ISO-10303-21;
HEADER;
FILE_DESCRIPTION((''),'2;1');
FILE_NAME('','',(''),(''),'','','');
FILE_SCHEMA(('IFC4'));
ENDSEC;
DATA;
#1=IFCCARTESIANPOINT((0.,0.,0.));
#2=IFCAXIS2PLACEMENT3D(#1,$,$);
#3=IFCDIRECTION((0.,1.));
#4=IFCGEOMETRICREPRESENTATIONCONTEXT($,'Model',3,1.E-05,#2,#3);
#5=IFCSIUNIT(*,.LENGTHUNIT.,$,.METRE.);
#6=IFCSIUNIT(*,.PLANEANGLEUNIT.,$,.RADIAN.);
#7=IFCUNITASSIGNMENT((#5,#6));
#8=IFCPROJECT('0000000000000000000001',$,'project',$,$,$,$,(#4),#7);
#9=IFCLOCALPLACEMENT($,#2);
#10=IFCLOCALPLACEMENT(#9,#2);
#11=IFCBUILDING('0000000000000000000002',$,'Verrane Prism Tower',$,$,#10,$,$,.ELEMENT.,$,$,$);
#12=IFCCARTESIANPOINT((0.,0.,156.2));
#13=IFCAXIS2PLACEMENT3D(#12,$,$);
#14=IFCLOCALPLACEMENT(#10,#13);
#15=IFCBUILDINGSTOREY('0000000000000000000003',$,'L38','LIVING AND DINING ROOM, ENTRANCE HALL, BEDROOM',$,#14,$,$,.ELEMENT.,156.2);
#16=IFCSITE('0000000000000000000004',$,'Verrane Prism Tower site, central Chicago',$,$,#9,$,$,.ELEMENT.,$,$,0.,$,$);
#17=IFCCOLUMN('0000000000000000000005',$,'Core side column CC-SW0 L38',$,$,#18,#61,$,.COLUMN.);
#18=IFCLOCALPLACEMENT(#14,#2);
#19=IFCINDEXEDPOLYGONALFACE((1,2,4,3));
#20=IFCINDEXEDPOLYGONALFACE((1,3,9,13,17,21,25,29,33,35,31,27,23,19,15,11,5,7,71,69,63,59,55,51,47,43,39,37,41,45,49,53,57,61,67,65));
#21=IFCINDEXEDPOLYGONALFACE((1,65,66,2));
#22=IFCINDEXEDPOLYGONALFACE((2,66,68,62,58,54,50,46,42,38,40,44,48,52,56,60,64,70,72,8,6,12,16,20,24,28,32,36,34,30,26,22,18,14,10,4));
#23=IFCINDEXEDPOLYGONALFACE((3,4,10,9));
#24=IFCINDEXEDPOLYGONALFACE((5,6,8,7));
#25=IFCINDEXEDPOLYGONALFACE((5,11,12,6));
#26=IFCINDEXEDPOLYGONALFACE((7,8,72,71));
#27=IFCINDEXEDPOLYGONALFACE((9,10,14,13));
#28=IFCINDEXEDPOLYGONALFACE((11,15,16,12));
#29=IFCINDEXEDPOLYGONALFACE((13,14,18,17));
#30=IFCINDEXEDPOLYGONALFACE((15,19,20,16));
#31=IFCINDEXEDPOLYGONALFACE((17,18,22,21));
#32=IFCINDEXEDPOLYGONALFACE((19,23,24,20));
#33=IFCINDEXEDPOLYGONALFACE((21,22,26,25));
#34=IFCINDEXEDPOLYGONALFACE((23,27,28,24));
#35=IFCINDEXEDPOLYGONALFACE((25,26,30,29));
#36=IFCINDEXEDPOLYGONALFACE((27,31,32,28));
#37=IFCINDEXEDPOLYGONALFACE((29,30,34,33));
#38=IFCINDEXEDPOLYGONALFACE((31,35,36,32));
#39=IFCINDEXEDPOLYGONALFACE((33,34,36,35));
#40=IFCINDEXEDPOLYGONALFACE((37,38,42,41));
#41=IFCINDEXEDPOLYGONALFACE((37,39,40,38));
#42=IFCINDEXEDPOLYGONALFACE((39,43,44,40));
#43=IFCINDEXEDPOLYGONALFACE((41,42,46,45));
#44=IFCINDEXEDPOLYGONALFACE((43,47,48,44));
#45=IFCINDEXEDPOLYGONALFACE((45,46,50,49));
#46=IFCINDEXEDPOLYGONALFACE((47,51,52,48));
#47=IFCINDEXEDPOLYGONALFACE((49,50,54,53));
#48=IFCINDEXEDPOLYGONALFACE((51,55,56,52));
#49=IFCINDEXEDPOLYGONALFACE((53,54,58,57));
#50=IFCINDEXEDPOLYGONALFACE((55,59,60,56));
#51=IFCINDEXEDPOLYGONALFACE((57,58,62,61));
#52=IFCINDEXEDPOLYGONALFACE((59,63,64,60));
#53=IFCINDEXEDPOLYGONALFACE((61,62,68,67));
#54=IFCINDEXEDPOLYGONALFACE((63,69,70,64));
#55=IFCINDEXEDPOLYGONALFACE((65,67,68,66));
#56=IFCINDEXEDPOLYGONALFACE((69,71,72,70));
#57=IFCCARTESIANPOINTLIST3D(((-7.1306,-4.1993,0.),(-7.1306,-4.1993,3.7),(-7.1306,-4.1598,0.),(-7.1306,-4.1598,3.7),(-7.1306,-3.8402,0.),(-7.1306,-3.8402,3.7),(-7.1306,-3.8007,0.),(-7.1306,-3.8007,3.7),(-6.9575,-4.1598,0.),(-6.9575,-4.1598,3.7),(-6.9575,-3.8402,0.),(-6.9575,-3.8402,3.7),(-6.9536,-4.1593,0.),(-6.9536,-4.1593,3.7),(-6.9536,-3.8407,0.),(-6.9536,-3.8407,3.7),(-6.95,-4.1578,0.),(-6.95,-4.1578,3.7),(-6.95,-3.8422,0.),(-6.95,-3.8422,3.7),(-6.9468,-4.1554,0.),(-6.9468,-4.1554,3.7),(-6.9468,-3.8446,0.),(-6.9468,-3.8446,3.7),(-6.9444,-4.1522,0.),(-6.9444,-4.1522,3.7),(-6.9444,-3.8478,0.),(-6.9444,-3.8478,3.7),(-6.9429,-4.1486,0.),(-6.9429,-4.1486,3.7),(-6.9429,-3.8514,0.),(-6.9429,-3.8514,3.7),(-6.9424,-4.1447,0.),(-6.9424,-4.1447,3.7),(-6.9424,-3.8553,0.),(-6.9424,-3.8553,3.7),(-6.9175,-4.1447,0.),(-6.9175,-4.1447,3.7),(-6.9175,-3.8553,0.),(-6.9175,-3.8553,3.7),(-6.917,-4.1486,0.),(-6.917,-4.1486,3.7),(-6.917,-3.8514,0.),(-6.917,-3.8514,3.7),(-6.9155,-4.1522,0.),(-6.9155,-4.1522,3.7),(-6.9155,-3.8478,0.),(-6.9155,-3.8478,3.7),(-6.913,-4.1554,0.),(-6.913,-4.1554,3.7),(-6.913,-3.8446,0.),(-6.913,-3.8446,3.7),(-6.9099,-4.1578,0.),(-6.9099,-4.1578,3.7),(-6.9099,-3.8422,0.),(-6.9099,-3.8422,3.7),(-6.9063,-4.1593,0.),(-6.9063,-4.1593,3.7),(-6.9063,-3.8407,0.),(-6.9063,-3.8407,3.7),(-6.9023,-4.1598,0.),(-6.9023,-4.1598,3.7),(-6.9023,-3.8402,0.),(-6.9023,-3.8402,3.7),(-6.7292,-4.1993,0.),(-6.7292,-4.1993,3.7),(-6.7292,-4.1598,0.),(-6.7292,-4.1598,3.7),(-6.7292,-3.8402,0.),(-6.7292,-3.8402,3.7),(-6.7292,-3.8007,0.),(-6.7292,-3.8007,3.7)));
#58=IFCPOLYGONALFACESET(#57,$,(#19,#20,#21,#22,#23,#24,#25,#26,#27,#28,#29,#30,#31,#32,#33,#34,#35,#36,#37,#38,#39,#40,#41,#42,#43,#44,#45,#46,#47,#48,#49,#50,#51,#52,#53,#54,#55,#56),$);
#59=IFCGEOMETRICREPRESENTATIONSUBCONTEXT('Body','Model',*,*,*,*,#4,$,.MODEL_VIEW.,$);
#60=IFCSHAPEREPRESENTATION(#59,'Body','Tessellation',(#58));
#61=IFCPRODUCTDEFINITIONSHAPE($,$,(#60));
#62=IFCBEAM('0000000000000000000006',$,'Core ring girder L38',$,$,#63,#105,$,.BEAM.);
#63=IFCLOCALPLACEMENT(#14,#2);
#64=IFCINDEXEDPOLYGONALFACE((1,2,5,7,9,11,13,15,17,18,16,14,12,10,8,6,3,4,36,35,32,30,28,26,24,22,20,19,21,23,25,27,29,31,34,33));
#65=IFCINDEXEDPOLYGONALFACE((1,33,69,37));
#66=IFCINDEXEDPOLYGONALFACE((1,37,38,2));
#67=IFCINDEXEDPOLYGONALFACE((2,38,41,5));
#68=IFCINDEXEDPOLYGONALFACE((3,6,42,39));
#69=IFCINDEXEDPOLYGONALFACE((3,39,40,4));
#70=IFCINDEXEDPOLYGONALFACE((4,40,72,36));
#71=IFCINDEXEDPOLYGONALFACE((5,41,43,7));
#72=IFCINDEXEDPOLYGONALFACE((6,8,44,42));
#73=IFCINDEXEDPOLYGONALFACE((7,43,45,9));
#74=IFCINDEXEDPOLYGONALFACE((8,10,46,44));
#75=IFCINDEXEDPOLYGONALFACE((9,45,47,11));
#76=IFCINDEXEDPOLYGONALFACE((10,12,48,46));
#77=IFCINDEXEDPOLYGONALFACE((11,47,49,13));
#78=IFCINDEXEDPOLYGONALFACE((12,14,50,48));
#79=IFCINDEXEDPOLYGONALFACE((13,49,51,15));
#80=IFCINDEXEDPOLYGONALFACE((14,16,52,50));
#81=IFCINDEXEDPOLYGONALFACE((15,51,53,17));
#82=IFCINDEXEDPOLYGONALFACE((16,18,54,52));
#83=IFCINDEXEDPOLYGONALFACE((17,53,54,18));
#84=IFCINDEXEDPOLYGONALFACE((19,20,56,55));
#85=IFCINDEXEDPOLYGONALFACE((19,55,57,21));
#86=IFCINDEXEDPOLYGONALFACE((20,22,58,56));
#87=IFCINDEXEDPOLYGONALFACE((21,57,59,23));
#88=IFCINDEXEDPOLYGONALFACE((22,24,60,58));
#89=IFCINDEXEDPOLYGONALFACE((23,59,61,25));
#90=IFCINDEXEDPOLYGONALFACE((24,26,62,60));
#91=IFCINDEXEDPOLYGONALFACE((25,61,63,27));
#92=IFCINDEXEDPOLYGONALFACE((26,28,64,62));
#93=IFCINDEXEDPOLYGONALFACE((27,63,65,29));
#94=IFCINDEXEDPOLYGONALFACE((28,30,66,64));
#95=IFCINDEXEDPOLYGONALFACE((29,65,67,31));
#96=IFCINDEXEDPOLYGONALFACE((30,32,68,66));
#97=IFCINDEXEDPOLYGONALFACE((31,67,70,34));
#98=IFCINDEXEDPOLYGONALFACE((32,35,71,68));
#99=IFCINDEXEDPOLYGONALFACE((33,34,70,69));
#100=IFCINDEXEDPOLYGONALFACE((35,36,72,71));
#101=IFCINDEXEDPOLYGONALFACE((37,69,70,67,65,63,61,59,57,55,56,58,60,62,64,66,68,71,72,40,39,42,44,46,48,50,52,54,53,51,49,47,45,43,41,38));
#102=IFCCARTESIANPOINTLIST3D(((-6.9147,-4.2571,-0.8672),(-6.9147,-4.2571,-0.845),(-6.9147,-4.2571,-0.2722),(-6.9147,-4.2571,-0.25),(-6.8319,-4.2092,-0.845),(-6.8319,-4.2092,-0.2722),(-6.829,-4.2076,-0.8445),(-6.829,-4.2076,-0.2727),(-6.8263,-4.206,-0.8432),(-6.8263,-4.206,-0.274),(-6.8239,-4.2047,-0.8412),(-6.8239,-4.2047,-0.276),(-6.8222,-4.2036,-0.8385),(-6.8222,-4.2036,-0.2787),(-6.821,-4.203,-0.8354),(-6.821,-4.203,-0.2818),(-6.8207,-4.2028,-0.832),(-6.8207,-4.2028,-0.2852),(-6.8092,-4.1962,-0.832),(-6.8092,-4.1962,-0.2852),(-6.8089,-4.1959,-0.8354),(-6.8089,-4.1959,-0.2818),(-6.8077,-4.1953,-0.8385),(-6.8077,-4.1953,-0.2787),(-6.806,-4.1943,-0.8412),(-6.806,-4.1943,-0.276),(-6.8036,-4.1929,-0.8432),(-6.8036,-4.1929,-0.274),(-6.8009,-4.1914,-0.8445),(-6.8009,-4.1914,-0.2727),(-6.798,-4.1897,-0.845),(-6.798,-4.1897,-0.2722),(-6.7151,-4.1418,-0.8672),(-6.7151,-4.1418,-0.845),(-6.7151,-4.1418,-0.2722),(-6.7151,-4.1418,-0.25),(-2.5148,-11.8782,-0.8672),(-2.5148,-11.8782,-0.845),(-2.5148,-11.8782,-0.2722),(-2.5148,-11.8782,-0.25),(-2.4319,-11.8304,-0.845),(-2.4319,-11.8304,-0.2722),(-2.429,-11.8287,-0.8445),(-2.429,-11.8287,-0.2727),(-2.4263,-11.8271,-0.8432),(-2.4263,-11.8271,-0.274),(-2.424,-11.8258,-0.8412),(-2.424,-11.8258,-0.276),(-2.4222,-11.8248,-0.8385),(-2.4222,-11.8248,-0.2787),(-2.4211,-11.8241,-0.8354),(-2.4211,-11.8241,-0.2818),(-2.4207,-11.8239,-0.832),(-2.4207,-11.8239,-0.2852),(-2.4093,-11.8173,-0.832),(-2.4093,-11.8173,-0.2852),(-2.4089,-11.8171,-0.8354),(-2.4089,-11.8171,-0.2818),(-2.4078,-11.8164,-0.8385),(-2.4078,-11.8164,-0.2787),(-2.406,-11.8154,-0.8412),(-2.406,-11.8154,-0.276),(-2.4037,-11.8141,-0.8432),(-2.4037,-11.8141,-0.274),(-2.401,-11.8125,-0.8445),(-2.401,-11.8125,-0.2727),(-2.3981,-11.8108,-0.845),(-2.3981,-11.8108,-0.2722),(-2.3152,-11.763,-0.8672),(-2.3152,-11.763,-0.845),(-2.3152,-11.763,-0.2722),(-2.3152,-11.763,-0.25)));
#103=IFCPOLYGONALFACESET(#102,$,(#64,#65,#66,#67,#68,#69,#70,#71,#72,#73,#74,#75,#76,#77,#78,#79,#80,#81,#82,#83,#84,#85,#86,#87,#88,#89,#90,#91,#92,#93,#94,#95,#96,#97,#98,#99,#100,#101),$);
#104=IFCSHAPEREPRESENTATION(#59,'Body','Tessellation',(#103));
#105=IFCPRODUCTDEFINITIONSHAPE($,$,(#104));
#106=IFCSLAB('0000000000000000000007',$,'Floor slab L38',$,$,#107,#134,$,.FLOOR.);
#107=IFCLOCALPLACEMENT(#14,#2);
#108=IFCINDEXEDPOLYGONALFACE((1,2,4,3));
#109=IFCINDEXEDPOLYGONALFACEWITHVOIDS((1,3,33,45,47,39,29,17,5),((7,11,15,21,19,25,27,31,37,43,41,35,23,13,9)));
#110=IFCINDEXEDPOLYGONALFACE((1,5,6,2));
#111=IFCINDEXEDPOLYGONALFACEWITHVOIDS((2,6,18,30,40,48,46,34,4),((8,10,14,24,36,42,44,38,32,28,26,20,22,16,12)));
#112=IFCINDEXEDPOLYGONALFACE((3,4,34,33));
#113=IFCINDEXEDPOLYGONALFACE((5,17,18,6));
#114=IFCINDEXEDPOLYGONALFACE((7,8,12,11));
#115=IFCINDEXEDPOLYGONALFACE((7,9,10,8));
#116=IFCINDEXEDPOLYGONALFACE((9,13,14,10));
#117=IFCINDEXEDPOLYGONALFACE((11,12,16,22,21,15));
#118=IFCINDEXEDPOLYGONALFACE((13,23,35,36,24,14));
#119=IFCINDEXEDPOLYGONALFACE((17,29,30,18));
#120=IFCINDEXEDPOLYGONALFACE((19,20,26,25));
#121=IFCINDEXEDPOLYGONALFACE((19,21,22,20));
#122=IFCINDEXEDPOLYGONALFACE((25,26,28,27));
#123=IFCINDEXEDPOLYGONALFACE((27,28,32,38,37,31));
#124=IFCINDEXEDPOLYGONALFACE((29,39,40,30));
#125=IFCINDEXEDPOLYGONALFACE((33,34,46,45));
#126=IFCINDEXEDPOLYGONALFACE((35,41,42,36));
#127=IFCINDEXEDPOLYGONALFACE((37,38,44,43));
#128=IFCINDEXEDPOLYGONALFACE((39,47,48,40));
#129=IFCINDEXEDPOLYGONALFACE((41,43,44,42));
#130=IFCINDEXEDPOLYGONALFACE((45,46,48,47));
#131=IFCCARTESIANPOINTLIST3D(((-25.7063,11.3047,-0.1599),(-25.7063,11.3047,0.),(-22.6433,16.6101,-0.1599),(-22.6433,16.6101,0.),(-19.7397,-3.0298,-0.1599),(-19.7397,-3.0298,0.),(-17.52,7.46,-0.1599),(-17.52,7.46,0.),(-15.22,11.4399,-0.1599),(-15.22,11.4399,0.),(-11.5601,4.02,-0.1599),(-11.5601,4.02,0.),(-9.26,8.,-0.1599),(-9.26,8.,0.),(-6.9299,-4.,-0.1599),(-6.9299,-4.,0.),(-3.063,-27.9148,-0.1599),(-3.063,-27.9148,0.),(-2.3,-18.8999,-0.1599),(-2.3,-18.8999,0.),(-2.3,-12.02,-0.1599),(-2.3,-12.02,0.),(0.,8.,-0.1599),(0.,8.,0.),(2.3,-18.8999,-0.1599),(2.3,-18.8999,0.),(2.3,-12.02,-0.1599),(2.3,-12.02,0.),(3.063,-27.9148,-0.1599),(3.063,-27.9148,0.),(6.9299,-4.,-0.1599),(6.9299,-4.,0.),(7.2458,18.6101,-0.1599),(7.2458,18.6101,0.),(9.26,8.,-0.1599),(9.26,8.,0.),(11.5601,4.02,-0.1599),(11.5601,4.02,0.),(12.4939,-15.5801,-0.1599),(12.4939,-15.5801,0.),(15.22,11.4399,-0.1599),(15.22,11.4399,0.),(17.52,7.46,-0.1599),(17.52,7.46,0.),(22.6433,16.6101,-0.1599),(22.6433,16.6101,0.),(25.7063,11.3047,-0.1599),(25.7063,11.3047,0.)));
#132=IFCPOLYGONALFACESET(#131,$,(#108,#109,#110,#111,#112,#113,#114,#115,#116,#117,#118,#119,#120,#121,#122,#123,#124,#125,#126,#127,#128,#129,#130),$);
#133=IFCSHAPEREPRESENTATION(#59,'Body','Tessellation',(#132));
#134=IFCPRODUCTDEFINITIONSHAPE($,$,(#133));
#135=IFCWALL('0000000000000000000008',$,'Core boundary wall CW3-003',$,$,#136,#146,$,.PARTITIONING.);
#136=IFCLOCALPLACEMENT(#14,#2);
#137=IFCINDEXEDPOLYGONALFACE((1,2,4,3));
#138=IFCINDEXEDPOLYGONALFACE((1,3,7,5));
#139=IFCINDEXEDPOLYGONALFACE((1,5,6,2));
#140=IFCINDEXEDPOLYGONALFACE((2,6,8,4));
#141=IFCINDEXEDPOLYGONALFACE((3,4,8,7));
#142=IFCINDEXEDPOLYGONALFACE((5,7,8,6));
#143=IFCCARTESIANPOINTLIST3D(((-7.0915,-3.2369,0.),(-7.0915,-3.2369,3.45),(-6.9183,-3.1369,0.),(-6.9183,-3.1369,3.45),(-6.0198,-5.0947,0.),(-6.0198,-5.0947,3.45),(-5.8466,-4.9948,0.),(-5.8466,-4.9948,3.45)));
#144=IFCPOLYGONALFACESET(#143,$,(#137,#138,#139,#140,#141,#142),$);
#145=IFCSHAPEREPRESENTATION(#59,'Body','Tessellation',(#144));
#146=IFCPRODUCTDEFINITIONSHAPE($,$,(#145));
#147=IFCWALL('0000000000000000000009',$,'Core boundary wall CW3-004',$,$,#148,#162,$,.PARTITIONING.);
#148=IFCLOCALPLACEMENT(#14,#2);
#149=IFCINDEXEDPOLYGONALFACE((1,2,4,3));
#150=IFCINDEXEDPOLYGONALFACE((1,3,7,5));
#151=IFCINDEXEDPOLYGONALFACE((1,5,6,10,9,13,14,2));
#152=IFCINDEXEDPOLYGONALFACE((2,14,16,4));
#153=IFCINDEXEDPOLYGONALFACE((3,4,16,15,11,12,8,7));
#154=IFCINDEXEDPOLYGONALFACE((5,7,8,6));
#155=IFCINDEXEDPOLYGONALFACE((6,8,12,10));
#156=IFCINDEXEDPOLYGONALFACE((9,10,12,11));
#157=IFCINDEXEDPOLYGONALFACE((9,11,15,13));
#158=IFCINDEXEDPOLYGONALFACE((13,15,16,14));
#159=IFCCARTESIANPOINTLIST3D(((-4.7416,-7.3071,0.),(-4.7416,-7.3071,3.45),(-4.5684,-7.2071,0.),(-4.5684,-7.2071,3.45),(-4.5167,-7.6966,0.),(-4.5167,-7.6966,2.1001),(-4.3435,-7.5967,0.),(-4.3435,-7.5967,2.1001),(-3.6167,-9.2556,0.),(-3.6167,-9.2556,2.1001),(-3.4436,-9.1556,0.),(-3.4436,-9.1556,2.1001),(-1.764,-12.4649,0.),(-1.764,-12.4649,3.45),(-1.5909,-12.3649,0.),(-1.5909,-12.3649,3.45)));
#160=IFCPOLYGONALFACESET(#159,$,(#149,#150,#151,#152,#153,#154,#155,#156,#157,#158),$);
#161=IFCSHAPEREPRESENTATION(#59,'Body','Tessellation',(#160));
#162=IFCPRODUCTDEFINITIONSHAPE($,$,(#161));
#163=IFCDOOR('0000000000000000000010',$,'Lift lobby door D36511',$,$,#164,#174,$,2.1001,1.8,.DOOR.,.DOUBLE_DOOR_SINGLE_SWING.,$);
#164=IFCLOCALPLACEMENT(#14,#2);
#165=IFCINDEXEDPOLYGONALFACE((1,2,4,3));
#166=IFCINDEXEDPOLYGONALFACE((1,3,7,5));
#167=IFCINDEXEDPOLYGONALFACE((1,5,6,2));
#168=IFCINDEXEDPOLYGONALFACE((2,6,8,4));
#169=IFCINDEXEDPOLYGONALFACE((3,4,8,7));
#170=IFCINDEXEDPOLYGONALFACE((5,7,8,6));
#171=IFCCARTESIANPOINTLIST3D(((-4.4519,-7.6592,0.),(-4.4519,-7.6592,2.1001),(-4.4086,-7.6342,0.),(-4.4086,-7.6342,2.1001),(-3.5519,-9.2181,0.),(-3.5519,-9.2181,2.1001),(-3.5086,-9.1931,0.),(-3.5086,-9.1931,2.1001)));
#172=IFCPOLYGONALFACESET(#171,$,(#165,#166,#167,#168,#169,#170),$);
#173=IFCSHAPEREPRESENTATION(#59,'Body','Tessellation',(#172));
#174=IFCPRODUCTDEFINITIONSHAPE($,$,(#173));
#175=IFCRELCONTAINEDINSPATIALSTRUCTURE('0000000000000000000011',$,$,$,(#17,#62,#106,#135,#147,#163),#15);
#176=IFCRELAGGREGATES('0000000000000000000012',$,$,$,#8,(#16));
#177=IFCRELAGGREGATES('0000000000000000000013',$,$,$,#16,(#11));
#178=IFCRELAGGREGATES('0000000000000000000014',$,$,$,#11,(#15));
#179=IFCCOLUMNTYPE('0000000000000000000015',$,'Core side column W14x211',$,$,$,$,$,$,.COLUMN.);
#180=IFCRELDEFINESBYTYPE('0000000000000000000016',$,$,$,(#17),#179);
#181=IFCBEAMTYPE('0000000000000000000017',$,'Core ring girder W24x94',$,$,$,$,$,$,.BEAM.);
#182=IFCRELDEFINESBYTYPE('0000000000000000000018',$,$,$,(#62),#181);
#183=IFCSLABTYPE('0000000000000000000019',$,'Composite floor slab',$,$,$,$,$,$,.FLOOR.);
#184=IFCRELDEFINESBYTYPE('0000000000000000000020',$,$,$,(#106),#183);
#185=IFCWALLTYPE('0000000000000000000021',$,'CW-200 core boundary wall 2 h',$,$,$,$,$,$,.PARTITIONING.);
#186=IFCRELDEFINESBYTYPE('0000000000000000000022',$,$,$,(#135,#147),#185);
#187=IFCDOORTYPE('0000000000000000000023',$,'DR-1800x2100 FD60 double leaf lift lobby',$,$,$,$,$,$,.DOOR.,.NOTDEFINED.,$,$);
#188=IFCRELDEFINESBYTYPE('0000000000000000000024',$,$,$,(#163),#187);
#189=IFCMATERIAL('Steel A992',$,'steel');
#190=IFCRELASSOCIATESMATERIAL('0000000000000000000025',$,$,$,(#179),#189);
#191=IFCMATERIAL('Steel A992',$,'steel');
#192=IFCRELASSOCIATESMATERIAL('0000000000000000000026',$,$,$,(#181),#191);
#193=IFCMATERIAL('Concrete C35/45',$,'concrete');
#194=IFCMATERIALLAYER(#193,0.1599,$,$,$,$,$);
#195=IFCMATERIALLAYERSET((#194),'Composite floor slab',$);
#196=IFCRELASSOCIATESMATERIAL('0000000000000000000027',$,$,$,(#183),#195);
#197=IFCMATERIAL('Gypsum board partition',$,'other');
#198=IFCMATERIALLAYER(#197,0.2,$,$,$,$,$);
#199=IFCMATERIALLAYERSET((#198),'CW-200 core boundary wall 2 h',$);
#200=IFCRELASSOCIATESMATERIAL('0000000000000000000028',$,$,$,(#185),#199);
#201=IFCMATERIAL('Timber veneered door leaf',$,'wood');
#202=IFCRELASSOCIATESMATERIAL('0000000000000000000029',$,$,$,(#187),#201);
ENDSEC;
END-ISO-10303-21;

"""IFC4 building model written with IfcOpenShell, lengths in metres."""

from ifc_helpers import new_model, si_unit, direction, frame, frame_2d, origin, origin_2d, place, context, subcontext, project, spatial, polyline, rectangle, i_section, outline, extrude, material, layer, layer_set, material_profile, profile_set, type_object, element, fill, save


model = new_model("IFC4")

# Units and contexts
model_context = context("Model", 3, precision=1e-05, world=origin(), true_north=direction((0.0, 1.0)))
body_context = subcontext(model_context, "Body", "Model", "MODEL_VIEW")
ifc_project = project(units=[si_unit("LENGTHUNIT", "METRE"), si_unit("PLANEANGLEUNIT", "RADIAN")], contexts=[model_context])

# Site, building, storey
site_placement = place(None, origin())
site = spatial("IfcSite", under=ifc_project, at=site_placement, Name="Verrane Prism Tower site, central Chicago", CompositionType="ELEMENT", RefElevation=0.0)
building_placement = place(site_placement, origin())
building = spatial("IfcBuilding", under=site, at=building_placement, Name="Verrane Prism Tower", CompositionType="ELEMENT")
storey_placement = place(building_placement, frame((0.0, 0.0, 156.2)))
storey = spatial("IfcBuildingStorey", under=building, at=storey_placement, Name="L38", Description="LIVING AND DINING ROOM, ENTRANCE HALL, BEDROOM", CompositionType="ELEMENT", Elevation=156.2)

# Column
ifc_material_1 = material(Name="Steel A992", Category="steel")
ifc_material_profile_1 = material_profile(ifc_material_1, i_section(OverallWidth=0.4014, OverallDepth=0.3987, WebThickness=0.0249, FlangeThickness=0.0396, FilletRadius=0.0151, at=origin_2d()), Name="W14x211")
ifc_profile_set_1 = profile_set([ifc_material_profile_1], Name="Steel A992")
column_type = type_object("IfcColumnType", Name="Core side column W14x211", PredefinedType="COLUMN", material=ifc_profile_set_1)
column_placement = place(storey_placement, frame((-6.9299, -4.0, 0.0), z_axis=(0.0, 0.0, 1.0), x_axis=(1.0, 0.0, 0.0)))
element("IfcColumn", 1, at=column_placement, inside=storey, type_object=column_type, Name="Core side column CC-SW0 L38", PredefinedType="COLUMN", context=body_context, shape_type="SweptSolid", body=[
    extrude(i_section(OverallWidth=0.4014, OverallDepth=0.3987, WebThickness=0.0249, FlangeThickness=0.0396, FilletRadius=0.0151, at=origin_2d()), origin(), (0.0, 0.0, 1.0), 3.7),
])

# Beam
ifc_material_2 = material(Name="Steel A992", Category="steel")
ifc_material_profile_2 = material_profile(ifc_material_2, i_section(OverallWidth=0.2305, OverallDepth=0.6172, WebThickness=0.0132, FlangeThickness=0.0222, FilletRadius=0.0129, at=origin_2d()), Name="W24x94")
ifc_profile_set_2 = profile_set([ifc_material_profile_2], Name="Steel A992")
beam_type = type_object("IfcBeamType", Name="Core ring girder W24x94", PredefinedType="BEAM", material=ifc_profile_set_2)
beam_placement = place(storey_placement, frame((-6.8149, -4.1995, -0.5586), z_axis=(0.499988, -0.866032, 0.0), x_axis=(0.866032, 0.499988, 0.0)))
element("IfcBeam", 2, at=beam_placement, inside=storey, type_object=beam_type, Name="Core ring girder L38", PredefinedType="BEAM", context=body_context, shape_type="SweptSolid", body=[
    extrude(i_section(OverallWidth=0.2305, OverallDepth=0.6172, WebThickness=0.0132, FlangeThickness=0.0222, FilletRadius=0.0129, at=origin_2d()), origin(), (0.0, 0.0, 1.0), 8.8),
])

# Slab
ifc_material_3 = material(Name="Concrete C35/45", Category="concrete")
ifc_layer_1 = layer(ifc_material_3, 0.1599)
ifc_layer_set_1 = layer_set([ifc_layer_1], Name="Composite floor slab")
slab_type = type_object("IfcSlabType", Name="Composite floor slab", PredefinedType="FLOOR", material=ifc_layer_set_1)
slab_placement = place(storey_placement, frame((0.0, 0.0, -0.1599)))
element("IfcSlab", 3, at=slab_placement, inside=storey, type_object=slab_type, Name="Floor slab L38", PredefinedType="FLOOR", context=body_context, shape_type="SweptSolid", body=[
    extrude(outline(polyline([(12.4939, -15.5801), (3.063, -27.9148), (-3.063, -27.9148), (-19.7397, -3.0298), (-25.7063, 11.3047), (-22.6433, 16.6101), (7.2458, 18.6101), (22.6433, 16.6101), (25.7063, 11.3047), (12.4939, -15.5801)]), holes=[polyline([(17.52, 7.46), (15.22, 11.4399), (9.26, 8.0), (0.0, 8.0), (-9.26, 8.0), (-15.22, 11.4399), (-17.52, 7.46), (-11.5601, 4.02), (-6.9299, -4.0), (-2.3, -12.02), (-2.3, -18.8999), (2.3, -18.8999), (2.3, -12.02), (6.9299, -4.0), (11.5601, 4.02), (17.52, 7.46)])]), origin(), (0.0, 0.0, 1.0), 0.1599),
])

# Wall
ifc_material_4 = material(Name="Gypsum board partition", Category="other")
ifc_layer_2 = layer(ifc_material_4, 0.2)
ifc_layer_set_2 = layer_set([ifc_layer_2], Name="CW-200 core boundary wall 2 h")
wall_type_1 = type_object("IfcWallType", Name="CW-200 core boundary wall 2 h", PredefinedType="PARTITIONING", material=ifc_layer_set_2)
wall_1_placement = place(storey_placement, frame((-7.0049, -3.187, 0.0), z_axis=(0.0, 0.0, 1.0), x_axis=(0.49969, -0.866205, 0.0)))
element("IfcWall", 4, at=wall_1_placement, inside=storey, type_object=wall_type_1, Name="Core boundary wall CW3-003", PredefinedType="PARTITIONING", context=body_context, shape_type="SweptSolid", body=[
    extrude(rectangle(XDim=2.1448, YDim=0.2, at=frame_2d((1.0723, 0.0))), origin(), (0.0, 0.0, 1.0), 3.45),
])

# Wall, opening, door
wall_2_placement = place(storey_placement, frame((-4.655, -7.2571, 0.0), z_axis=(0.0, 0.0, 1.0), x_axis=(0.499966, -0.866045, 0.0)))
wall_2 = element("IfcWall", 5, at=wall_2_placement, inside=storey, type_object=wall_type_1, Name="Core boundary wall CW3-004", PredefinedType="PARTITIONING", context=body_context, shape_type="SweptSolid", body=[
    extrude(rectangle(XDim=5.9556, YDim=0.2, at=frame_2d((2.9778, 0.0))), origin(), (0.0, 0.0, 1.0), 3.45),
])
opening_1_placement = place(wall_2_placement, frame((0.45, 0.0, 0.0)))
opening_1 = element("IfcOpeningElement", 6, at=opening_1_placement, cuts=wall_2, PredefinedType="OPENING", context=body_context, shape_type="SweptSolid", body=[
    extrude(rectangle(XDim=1.8, YDim=2.1001, at=frame_2d((0.8999, 1.05))), frame((0.0, 0.1099, 0.0), z_axis=(0.0, -1.0, 0.0), x_axis=(1.0, 0.0, 0.0)), (0.0, 0.0, 1.0), 0.22),
])
ifc_material_5 = material(Name="Timber veneered door leaf", Category="wood")
door_type_1 = type_object("IfcDoorType", Name="DR-1800x2100 FD60 double leaf lift lobby", OperationType="NOTDEFINED", PredefinedType="DOOR", material=ifc_material_5)
door_1_placement = place(opening_1_placement, origin())
door_1 = element("IfcDoor", 7, at=door_1_placement, inside=storey, type_object=door_type_1, Name="Lift lobby door D36511", OperationType="DOUBLE_DOOR_SINGLE_SWING", OverallHeight=2.1001, OverallWidth=1.8, PredefinedType="DOOR", context=body_context, shape_type="SweptSolid", body=[
    extrude(rectangle(XDim=1.8, YDim=2.1001, at=frame_2d((0.8999, 1.05))), frame((0.0, 0.0249, 0.0), z_axis=(0.0, -1.0, 0.0), x_axis=(1.0, 0.0, 0.0)), (0.0, 0.0, 1.0), 0.05),
])
fill(opening_1, door_1)

save(model, "model.ifc")
